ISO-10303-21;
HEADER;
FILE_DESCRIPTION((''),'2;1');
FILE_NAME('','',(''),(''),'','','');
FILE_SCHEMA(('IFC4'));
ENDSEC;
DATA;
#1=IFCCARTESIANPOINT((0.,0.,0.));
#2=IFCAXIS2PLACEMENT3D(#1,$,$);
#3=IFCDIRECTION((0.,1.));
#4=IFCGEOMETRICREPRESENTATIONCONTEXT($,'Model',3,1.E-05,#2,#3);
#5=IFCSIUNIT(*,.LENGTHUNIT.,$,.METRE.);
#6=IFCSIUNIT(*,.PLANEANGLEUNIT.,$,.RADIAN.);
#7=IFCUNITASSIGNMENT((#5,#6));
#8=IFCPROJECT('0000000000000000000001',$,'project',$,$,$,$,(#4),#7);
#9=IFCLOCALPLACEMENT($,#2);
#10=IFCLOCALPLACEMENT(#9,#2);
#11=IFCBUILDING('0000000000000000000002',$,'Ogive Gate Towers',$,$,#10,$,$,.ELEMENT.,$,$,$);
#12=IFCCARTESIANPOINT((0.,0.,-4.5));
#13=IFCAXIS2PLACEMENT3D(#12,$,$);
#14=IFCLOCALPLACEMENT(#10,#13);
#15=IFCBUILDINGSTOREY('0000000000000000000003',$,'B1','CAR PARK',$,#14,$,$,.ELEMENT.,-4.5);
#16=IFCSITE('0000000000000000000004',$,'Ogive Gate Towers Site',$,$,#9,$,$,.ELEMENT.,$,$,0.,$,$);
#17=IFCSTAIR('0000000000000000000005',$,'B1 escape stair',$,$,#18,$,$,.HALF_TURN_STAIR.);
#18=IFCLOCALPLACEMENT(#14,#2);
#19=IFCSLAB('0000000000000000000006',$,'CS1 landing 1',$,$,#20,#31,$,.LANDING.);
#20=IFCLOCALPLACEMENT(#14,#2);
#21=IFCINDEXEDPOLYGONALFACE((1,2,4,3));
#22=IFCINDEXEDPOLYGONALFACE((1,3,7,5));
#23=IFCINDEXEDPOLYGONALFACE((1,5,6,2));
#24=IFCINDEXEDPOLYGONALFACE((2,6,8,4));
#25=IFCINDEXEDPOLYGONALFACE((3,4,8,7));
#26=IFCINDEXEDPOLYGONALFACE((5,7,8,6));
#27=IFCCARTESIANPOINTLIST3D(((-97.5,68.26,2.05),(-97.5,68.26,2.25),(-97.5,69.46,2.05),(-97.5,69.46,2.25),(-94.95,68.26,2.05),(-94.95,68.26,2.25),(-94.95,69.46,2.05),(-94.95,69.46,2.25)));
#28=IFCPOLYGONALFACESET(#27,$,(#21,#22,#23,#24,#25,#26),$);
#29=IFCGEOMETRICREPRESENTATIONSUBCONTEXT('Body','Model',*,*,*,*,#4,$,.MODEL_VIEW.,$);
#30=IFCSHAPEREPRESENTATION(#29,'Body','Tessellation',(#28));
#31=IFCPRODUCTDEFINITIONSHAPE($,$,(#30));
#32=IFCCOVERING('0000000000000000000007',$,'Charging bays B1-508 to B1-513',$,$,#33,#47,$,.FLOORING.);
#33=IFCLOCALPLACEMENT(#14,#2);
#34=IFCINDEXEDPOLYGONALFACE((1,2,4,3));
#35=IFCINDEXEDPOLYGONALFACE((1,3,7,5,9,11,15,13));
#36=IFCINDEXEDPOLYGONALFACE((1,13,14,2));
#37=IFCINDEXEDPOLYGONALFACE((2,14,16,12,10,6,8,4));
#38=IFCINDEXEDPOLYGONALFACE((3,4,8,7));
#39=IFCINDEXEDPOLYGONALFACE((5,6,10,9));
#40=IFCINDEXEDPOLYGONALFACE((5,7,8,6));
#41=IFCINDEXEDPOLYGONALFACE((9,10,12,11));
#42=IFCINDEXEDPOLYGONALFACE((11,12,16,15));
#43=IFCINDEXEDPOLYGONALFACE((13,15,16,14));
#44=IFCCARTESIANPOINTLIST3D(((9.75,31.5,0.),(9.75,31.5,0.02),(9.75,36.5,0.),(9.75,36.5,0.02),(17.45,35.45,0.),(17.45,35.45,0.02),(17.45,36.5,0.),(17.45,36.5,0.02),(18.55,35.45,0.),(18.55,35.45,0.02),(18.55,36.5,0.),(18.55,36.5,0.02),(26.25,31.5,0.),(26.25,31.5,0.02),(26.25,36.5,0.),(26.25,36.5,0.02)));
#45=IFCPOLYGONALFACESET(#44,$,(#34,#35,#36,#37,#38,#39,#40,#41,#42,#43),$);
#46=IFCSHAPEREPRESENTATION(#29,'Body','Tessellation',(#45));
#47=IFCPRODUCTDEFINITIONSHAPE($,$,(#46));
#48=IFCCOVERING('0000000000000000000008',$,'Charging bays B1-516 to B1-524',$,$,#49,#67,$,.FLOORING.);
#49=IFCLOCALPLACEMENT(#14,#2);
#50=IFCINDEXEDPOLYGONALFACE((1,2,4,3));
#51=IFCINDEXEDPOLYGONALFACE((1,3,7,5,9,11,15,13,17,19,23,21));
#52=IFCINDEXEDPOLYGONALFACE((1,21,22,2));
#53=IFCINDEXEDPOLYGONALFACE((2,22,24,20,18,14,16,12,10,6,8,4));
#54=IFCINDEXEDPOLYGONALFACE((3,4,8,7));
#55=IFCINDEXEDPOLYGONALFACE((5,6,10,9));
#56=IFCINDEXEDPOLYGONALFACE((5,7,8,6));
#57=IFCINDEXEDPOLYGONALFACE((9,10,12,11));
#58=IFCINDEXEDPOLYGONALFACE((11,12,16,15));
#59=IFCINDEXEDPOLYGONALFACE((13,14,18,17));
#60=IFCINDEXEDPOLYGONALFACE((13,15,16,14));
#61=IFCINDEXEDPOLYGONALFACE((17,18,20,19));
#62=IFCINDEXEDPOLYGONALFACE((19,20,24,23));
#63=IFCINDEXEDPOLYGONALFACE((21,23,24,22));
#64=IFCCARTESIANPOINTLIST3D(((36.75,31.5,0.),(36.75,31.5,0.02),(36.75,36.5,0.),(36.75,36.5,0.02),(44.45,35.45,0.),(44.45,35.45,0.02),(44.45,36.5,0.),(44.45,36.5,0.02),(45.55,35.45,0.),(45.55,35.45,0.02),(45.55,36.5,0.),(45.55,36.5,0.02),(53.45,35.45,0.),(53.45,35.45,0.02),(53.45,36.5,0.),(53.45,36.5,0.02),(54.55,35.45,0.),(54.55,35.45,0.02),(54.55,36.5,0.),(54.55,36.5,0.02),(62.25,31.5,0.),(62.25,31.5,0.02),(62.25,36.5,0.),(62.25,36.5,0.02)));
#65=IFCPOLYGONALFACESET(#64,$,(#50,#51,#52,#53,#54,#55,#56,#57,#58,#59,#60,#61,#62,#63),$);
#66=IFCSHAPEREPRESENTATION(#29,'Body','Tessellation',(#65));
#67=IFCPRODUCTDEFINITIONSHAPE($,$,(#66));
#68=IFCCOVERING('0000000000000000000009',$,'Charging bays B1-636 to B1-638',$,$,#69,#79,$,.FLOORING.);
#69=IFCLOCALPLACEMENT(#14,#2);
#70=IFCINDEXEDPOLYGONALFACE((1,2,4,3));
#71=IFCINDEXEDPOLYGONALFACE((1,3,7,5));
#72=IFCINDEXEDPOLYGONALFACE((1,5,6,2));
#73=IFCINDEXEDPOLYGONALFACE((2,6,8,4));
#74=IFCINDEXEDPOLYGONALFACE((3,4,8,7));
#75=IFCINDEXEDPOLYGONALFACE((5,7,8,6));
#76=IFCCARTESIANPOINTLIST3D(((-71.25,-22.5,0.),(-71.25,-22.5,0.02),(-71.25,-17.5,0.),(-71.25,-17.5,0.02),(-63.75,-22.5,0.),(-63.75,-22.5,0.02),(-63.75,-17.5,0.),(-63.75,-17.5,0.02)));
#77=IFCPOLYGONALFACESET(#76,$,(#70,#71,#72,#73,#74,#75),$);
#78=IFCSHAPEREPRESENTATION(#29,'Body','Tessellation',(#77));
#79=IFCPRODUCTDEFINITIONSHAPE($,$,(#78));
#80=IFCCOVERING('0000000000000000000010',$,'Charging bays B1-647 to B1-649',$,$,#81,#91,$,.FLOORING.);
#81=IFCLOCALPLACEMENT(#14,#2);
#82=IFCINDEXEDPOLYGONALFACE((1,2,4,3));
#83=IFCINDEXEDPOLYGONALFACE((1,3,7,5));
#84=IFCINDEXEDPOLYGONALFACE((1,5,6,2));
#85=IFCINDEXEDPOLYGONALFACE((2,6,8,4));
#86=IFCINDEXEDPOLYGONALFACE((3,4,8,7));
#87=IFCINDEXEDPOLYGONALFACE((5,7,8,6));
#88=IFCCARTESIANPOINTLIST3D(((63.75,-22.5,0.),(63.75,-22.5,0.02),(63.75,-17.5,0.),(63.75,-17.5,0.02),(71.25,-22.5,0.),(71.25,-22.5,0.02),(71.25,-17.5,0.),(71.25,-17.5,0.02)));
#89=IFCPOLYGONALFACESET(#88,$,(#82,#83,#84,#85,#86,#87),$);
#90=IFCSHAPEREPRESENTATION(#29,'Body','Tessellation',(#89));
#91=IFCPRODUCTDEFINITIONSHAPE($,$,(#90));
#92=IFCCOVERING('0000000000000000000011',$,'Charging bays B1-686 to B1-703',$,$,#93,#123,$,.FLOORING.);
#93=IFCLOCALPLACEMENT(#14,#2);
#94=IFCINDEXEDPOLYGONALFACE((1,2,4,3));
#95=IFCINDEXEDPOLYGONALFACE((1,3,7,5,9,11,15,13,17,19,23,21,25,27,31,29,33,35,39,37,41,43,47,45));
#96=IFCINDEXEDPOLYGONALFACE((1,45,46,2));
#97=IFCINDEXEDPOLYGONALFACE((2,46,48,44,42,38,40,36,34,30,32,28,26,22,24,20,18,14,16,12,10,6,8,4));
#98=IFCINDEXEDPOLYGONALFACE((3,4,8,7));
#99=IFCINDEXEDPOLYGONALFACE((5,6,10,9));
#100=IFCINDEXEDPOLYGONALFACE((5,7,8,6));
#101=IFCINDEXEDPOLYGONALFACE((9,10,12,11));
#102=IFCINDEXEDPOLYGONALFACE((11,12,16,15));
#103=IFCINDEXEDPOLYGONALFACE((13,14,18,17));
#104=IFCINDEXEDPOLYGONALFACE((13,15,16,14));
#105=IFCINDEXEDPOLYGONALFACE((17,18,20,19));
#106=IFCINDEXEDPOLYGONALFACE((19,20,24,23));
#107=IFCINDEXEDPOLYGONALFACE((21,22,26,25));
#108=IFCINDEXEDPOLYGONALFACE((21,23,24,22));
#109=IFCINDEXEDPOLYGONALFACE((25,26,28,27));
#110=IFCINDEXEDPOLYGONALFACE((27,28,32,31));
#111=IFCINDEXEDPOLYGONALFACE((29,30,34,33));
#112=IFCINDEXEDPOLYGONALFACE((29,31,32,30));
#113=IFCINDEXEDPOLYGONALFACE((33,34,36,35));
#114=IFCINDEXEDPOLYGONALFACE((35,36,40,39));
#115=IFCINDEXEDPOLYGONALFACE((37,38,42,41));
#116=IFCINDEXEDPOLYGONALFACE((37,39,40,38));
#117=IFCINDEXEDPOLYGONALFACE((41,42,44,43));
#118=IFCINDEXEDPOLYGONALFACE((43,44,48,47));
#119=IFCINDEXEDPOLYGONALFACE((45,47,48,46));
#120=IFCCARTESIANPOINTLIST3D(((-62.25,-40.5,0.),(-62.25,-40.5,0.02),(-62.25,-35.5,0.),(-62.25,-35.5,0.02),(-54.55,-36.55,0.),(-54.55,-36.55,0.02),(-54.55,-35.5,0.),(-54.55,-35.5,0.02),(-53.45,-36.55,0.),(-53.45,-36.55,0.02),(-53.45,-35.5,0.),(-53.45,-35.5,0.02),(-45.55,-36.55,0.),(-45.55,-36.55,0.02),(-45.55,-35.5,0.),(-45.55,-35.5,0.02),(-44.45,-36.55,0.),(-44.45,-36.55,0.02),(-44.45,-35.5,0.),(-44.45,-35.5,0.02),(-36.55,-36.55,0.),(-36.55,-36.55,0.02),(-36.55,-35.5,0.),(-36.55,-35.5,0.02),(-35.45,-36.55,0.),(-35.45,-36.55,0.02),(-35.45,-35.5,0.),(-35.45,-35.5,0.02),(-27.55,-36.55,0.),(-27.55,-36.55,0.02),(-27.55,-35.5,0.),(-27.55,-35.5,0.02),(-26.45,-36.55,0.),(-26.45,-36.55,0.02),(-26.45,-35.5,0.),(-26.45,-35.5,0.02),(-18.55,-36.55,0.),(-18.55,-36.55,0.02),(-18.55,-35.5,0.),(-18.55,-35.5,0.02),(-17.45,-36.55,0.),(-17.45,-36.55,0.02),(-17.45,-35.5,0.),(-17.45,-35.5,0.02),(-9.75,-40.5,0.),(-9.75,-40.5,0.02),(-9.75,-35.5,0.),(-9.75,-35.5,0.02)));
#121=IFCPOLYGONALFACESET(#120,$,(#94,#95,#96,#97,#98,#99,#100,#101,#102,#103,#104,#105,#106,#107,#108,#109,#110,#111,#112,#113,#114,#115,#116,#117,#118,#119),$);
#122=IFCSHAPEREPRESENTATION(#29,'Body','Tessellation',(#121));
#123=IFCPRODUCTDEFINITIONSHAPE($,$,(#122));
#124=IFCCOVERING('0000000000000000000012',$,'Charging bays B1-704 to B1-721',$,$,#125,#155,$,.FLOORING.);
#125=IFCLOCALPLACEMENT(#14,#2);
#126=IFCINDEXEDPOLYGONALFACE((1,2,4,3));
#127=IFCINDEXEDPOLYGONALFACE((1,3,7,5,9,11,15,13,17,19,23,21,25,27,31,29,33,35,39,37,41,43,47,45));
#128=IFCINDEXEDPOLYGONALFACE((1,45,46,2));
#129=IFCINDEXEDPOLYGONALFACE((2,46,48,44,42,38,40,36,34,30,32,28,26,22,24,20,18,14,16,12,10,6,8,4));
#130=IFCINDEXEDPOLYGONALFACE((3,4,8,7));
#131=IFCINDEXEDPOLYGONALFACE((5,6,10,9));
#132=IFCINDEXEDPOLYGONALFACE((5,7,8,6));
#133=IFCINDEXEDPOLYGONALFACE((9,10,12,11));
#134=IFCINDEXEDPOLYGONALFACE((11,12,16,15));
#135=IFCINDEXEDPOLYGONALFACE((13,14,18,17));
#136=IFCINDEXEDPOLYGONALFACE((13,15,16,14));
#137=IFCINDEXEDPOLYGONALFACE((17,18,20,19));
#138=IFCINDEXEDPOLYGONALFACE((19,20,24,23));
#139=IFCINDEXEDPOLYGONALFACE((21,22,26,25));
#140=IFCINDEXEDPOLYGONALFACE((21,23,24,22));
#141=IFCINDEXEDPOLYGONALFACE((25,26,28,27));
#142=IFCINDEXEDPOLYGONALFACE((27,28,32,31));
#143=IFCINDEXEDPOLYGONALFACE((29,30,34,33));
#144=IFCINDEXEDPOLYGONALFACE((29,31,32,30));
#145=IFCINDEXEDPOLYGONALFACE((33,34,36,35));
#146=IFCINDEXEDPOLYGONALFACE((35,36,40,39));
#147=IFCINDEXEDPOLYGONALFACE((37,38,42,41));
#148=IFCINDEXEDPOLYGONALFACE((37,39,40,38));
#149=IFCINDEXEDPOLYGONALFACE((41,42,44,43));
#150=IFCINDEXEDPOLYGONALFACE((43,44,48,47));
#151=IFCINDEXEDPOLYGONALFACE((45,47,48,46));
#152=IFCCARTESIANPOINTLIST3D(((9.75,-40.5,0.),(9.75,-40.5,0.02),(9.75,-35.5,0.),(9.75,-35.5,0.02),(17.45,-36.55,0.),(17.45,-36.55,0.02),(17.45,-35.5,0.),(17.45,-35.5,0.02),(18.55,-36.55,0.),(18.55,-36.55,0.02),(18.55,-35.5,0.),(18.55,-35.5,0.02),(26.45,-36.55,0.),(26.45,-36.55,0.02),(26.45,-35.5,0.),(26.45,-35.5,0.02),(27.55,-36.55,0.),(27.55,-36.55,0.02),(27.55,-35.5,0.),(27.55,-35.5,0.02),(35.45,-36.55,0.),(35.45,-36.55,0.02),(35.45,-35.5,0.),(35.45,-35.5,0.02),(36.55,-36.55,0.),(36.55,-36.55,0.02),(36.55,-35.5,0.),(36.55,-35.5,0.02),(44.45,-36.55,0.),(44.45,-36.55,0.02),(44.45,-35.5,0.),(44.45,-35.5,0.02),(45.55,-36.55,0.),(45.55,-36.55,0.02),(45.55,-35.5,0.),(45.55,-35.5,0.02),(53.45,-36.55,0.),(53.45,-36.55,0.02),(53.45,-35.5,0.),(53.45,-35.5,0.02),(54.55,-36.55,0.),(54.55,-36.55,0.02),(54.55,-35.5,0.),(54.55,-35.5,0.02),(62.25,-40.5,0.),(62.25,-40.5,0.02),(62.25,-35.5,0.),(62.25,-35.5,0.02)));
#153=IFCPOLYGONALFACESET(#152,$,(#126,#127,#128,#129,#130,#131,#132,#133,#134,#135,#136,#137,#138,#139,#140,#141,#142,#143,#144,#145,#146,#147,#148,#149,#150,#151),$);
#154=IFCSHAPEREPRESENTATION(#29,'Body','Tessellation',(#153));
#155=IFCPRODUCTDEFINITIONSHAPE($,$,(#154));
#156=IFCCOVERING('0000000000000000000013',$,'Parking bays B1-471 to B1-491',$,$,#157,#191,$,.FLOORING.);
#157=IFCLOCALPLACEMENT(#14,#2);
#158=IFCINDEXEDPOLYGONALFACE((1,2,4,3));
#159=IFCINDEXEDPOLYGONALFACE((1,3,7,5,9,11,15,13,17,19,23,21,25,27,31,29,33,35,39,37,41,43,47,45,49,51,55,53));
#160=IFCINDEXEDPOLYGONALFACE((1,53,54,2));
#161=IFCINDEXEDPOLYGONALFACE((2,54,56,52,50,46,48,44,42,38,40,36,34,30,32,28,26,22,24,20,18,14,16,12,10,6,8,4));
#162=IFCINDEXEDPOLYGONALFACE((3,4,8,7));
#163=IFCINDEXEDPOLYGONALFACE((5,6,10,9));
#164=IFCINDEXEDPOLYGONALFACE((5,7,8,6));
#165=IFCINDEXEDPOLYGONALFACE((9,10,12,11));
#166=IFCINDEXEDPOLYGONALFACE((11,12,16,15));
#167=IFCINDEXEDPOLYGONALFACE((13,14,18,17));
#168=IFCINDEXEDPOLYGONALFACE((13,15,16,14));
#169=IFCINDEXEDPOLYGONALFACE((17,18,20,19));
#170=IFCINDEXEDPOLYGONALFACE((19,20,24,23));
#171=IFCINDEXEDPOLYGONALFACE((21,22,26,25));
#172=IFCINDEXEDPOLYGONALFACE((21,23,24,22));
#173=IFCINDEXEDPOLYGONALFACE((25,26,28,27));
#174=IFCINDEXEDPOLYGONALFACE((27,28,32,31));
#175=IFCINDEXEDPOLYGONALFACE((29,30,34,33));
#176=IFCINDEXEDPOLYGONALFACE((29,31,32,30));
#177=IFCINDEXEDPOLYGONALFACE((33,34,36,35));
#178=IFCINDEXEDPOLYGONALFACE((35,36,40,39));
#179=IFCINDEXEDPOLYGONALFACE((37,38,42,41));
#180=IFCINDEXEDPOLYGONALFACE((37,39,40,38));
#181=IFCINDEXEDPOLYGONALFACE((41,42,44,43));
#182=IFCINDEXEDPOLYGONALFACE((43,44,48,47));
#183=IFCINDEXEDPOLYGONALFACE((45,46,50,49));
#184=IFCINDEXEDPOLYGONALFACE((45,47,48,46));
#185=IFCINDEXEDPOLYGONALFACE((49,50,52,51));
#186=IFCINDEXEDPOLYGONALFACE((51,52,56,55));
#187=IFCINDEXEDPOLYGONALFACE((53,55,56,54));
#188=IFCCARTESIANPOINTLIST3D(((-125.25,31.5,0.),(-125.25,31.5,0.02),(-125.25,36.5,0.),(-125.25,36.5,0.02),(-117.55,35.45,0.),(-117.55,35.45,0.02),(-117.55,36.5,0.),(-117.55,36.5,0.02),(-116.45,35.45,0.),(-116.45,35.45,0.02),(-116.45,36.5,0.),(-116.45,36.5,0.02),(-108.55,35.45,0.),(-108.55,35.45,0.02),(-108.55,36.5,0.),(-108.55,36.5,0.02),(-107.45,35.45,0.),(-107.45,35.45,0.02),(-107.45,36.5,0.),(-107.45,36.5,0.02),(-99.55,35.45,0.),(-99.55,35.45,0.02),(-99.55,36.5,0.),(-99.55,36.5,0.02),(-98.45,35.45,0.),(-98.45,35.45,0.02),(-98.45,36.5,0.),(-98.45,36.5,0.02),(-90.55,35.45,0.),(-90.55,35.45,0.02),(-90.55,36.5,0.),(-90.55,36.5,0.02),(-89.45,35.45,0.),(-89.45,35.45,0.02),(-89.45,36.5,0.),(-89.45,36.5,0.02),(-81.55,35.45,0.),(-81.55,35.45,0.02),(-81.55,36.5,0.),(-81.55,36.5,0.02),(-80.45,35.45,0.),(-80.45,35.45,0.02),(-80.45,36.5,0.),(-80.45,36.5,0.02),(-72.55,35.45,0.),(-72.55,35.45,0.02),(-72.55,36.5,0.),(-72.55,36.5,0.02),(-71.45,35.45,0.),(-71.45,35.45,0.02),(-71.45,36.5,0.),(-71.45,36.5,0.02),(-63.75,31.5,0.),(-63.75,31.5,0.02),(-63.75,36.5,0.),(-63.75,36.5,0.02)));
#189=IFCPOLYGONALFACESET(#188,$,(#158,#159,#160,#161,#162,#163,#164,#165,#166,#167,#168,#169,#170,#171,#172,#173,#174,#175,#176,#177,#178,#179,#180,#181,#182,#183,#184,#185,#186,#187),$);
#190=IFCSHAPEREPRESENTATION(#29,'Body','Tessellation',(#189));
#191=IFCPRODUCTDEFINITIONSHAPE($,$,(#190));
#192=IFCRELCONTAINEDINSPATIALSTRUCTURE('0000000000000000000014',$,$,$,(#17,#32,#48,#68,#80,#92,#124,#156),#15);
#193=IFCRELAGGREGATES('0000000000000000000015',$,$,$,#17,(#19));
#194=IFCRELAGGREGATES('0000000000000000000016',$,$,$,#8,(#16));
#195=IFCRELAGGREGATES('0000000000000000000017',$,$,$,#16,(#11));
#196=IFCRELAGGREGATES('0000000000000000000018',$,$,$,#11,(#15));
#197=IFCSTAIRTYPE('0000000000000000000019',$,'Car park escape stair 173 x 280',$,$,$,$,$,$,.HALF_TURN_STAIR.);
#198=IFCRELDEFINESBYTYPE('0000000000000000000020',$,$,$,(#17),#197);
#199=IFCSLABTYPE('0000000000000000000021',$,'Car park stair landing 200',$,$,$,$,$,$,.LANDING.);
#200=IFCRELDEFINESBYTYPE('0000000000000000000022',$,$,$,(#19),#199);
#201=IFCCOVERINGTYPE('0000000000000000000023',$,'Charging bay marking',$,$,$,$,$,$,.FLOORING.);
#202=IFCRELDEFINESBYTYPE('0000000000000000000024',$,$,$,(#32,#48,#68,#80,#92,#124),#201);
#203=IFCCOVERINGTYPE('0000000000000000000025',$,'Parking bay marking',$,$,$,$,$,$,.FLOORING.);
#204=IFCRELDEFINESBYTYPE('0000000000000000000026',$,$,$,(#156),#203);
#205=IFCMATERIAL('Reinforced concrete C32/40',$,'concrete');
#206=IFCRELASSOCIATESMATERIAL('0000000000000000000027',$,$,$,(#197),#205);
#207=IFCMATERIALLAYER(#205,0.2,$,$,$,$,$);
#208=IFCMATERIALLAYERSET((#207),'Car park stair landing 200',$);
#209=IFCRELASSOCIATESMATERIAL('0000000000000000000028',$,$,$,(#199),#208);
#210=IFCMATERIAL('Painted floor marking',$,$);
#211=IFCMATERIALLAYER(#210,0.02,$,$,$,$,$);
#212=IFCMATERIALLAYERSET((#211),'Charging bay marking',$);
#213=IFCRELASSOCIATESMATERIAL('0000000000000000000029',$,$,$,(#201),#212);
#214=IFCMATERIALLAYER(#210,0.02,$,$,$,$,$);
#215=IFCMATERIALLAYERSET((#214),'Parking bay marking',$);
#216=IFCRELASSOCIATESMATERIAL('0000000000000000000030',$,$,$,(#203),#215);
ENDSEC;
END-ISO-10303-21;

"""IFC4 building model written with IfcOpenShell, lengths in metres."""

from ifc_helpers import new_model, si_unit, direction, frame, origin, place, context, subcontext, project, spatial, polyline, outline, extrude, material, layer, layer_set, type_object, element, aggregate, save


model = new_model("IFC4")

# Units and contexts
model_context = context("Model", 3, precision=1e-05, world=origin(), true_north=direction((0.0, 1.0)))
body_context = subcontext(model_context, "Body", "Model", "MODEL_VIEW")
ifc_project = project(units=[si_unit("LENGTHUNIT", "METRE"), si_unit("PLANEANGLEUNIT", "RADIAN")], contexts=[model_context])

# Site, building, storey
site_placement = place(None, origin())
site = spatial("IfcSite", under=ifc_project, at=site_placement, Name="Ogive Gate Towers Site", CompositionType="ELEMENT", RefElevation=0.0)
building_placement = place(site_placement, origin())
building = spatial("IfcBuilding", under=site, at=building_placement, Name="Ogive Gate Towers", CompositionType="ELEMENT")
storey_placement = place(building_placement, frame((0.0, 0.0, -4.5)))
storey = spatial("IfcBuildingStorey", under=building, at=storey_placement, Name="B1", Description="CAR PARK", CompositionType="ELEMENT", Elevation=-4.5)

# Stair, slab
ifc_material_1 = material(Name="Reinforced concrete C32/40", Category="concrete")
stair_type = type_object("IfcStairType", Name="Car park escape stair 173 x 280", PredefinedType="HALF_TURN_STAIR", material=ifc_material_1)
stair_placement = place(storey_placement, origin())
stair = element("IfcStair", 1, at=stair_placement, inside=storey, type_object=stair_type, Name="B1 escape stair", PredefinedType="HALF_TURN_STAIR")
ifc_layer_1 = layer(ifc_material_1, 0.2)
ifc_layer_set_1 = layer_set([ifc_layer_1], Name="Car park stair landing 200")
slab_type = type_object("IfcSlabType", Name="Car park stair landing 200", PredefinedType="LANDING", material=ifc_layer_set_1)
slab_placement = place(storey_placement, frame((0.0, 0.0, 2.05)))
slab = element("IfcSlab", 2, at=slab_placement, type_object=slab_type, Name="CS1 landing 1", PredefinedType="LANDING", context=body_context, shape_type="SweptSolid", body=[
    extrude(outline(polyline([(-94.95, 68.26), (-94.95, 69.46), (-97.5, 69.46), (-97.5, 68.26), (-94.95, 68.26)])), origin(), (0.0, 0.0, 1.0), 0.2),
])
aggregate(stair, [slab])

# Coverings
ifc_material_2 = material(Name="Painted floor marking")
ifc_layer_2 = layer(ifc_material_2, 0.02)
ifc_layer_set_2 = layer_set([ifc_layer_2], Name="Charging bay marking")
covering_type_1 = type_object("IfcCoveringType", Name="Charging bay marking", PredefinedType="FLOORING", material=ifc_layer_set_2)
covering_1_placement = place(storey_placement, origin())
element("IfcCovering", 3, at=covering_1_placement, inside=storey, type_object=covering_type_1, Name="Charging bays B1-508 to B1-513", PredefinedType="FLOORING", context=body_context, shape_type="SweptSolid", body=[
    extrude(outline(polyline([(9.75, 36.5), (17.45, 36.5), (17.45, 35.45), (18.55, 35.45), (18.55, 36.5), (26.25, 36.5), (26.25, 31.5), (9.75, 31.5), (9.75, 36.5)])), origin(), (0.0, 0.0, 1.0), 0.02),
])
covering_2_placement = place(storey_placement, origin())
element("IfcCovering", 4, at=covering_2_placement, inside=storey, type_object=covering_type_1, Name="Charging bays B1-516 to B1-524", PredefinedType="FLOORING", context=body_context, shape_type="SweptSolid", body=[
    extrude(outline(polyline([(36.75, 36.5), (44.45, 36.5), (44.45, 35.45), (45.55, 35.45), (45.55, 36.5), (53.45, 36.5), (53.45, 35.45), (54.55, 35.45), (54.55, 36.5), (62.25, 36.5), (62.25, 31.5), (36.75, 31.5), (36.75, 36.5)])), origin(), (0.0, 0.0, 1.0), 0.02),
])
covering_3_placement = place(storey_placement, origin())
element("IfcCovering", 5, at=covering_3_placement, inside=storey, type_object=covering_type_1, Name="Charging bays B1-636 to B1-638", PredefinedType="FLOORING", context=body_context, shape_type="SweptSolid", body=[
    extrude(outline(polyline([(-63.75, -17.5), (-63.75, -22.5), (-71.25, -22.5), (-71.25, -17.5), (-63.75, -17.5)])), origin(), (0.0, 0.0, 1.0), 0.02),
])
covering_4_placement = place(storey_placement, origin())
element("IfcCovering", 6, at=covering_4_placement, inside=storey, type_object=covering_type_1, Name="Charging bays B1-647 to B1-649", PredefinedType="FLOORING", context=body_context, shape_type="SweptSolid", body=[
    extrude(outline(polyline([(71.25, -17.5), (71.25, -22.5), (63.75, -22.5), (63.75, -17.5), (71.25, -17.5)])), origin(), (0.0, 0.0, 1.0), 0.02),
])
covering_5_placement = place(storey_placement, origin())
element("IfcCovering", 7, at=covering_5_placement, inside=storey, type_object=covering_type_1, Name="Charging bays B1-686 to B1-703", PredefinedType="FLOORING", context=body_context, shape_type="SweptSolid", body=[
    extrude(outline(polyline([(-62.25, -35.5), (-54.55, -35.5), (-54.55, -36.55), (-53.45, -36.55), (-53.45, -35.5), (-45.55, -35.5), (-45.55, -36.55), (-44.45, -36.55), (-44.45, -35.5), (-36.55, -35.5), (-36.55, -36.55), (-35.45, -36.55), (-35.45, -35.5), (-27.55, -35.5), (-27.55, -36.55), (-26.45, -36.55), (-26.45, -35.5), (-18.55, -35.5), (-18.55, -36.55), (-17.45, -36.55), (-17.45, -35.5), (-9.75, -35.5), (-9.75, -40.5), (-62.25, -40.5), (-62.25, -35.5)])), origin(), (0.0, 0.0, 1.0), 0.02),
])
covering_6_placement = place(storey_placement, origin())
element("IfcCovering", 8, at=covering_6_placement, inside=storey, type_object=covering_type_1, Name="Charging bays B1-704 to B1-721", PredefinedType="FLOORING", context=body_context, shape_type="SweptSolid", body=[
    extrude(outline(polyline([(9.75, -35.5), (17.45, -35.5), (17.45, -36.55), (18.55, -36.55), (18.55, -35.5), (26.45, -35.5), (26.45, -36.55), (27.55, -36.55), (27.55, -35.5), (35.45, -35.5), (35.45, -36.55), (36.55, -36.55), (36.55, -35.5), (44.45, -35.5), (44.45, -36.55), (45.55, -36.55), (45.55, -35.5), (53.45, -35.5), (53.45, -36.55), (54.55, -36.55), (54.55, -35.5), (62.25, -35.5), (62.25, -40.5), (9.75, -40.5), (9.75, -35.5)])), origin(), (0.0, 0.0, 1.0), 0.02),
])
ifc_layer_3 = layer(ifc_material_2, 0.02)
ifc_layer_set_3 = layer_set([ifc_layer_3], Name="Parking bay marking")
covering_type_2 = type_object("IfcCoveringType", Name="Parking bay marking", PredefinedType="FLOORING", material=ifc_layer_set_3)
covering_7_placement = place(storey_placement, origin())
element("IfcCovering", 9, at=covering_7_placement, inside=storey, type_object=covering_type_2, Name="Parking bays B1-471 to B1-491", PredefinedType="FLOORING", context=body_context, shape_type="SweptSolid", body=[
    extrude(outline(polyline([(-125.25, 36.5), (-117.55, 36.5), (-117.55, 35.45), (-116.45, 35.45), (-116.45, 36.5), (-108.55, 36.5), (-108.55, 35.45), (-107.45, 35.45), (-107.45, 36.5), (-99.55, 36.5), (-99.55, 35.45), (-98.45, 35.45), (-98.45, 36.5), (-90.55, 36.5), (-90.55, 35.45), (-89.45, 35.45), (-89.45, 36.5), (-81.55, 36.5), (-81.55, 35.45), (-80.45, 35.45), (-80.45, 36.5), (-72.55, 36.5), (-72.55, 35.45), (-71.45, 35.45), (-71.45, 36.5), (-63.75, 36.5), (-63.75, 31.5), (-125.25, 31.5), (-125.25, 36.5)])), origin(), (0.0, 0.0, 1.0), 0.02),
])

save(model, "model.ifc")
